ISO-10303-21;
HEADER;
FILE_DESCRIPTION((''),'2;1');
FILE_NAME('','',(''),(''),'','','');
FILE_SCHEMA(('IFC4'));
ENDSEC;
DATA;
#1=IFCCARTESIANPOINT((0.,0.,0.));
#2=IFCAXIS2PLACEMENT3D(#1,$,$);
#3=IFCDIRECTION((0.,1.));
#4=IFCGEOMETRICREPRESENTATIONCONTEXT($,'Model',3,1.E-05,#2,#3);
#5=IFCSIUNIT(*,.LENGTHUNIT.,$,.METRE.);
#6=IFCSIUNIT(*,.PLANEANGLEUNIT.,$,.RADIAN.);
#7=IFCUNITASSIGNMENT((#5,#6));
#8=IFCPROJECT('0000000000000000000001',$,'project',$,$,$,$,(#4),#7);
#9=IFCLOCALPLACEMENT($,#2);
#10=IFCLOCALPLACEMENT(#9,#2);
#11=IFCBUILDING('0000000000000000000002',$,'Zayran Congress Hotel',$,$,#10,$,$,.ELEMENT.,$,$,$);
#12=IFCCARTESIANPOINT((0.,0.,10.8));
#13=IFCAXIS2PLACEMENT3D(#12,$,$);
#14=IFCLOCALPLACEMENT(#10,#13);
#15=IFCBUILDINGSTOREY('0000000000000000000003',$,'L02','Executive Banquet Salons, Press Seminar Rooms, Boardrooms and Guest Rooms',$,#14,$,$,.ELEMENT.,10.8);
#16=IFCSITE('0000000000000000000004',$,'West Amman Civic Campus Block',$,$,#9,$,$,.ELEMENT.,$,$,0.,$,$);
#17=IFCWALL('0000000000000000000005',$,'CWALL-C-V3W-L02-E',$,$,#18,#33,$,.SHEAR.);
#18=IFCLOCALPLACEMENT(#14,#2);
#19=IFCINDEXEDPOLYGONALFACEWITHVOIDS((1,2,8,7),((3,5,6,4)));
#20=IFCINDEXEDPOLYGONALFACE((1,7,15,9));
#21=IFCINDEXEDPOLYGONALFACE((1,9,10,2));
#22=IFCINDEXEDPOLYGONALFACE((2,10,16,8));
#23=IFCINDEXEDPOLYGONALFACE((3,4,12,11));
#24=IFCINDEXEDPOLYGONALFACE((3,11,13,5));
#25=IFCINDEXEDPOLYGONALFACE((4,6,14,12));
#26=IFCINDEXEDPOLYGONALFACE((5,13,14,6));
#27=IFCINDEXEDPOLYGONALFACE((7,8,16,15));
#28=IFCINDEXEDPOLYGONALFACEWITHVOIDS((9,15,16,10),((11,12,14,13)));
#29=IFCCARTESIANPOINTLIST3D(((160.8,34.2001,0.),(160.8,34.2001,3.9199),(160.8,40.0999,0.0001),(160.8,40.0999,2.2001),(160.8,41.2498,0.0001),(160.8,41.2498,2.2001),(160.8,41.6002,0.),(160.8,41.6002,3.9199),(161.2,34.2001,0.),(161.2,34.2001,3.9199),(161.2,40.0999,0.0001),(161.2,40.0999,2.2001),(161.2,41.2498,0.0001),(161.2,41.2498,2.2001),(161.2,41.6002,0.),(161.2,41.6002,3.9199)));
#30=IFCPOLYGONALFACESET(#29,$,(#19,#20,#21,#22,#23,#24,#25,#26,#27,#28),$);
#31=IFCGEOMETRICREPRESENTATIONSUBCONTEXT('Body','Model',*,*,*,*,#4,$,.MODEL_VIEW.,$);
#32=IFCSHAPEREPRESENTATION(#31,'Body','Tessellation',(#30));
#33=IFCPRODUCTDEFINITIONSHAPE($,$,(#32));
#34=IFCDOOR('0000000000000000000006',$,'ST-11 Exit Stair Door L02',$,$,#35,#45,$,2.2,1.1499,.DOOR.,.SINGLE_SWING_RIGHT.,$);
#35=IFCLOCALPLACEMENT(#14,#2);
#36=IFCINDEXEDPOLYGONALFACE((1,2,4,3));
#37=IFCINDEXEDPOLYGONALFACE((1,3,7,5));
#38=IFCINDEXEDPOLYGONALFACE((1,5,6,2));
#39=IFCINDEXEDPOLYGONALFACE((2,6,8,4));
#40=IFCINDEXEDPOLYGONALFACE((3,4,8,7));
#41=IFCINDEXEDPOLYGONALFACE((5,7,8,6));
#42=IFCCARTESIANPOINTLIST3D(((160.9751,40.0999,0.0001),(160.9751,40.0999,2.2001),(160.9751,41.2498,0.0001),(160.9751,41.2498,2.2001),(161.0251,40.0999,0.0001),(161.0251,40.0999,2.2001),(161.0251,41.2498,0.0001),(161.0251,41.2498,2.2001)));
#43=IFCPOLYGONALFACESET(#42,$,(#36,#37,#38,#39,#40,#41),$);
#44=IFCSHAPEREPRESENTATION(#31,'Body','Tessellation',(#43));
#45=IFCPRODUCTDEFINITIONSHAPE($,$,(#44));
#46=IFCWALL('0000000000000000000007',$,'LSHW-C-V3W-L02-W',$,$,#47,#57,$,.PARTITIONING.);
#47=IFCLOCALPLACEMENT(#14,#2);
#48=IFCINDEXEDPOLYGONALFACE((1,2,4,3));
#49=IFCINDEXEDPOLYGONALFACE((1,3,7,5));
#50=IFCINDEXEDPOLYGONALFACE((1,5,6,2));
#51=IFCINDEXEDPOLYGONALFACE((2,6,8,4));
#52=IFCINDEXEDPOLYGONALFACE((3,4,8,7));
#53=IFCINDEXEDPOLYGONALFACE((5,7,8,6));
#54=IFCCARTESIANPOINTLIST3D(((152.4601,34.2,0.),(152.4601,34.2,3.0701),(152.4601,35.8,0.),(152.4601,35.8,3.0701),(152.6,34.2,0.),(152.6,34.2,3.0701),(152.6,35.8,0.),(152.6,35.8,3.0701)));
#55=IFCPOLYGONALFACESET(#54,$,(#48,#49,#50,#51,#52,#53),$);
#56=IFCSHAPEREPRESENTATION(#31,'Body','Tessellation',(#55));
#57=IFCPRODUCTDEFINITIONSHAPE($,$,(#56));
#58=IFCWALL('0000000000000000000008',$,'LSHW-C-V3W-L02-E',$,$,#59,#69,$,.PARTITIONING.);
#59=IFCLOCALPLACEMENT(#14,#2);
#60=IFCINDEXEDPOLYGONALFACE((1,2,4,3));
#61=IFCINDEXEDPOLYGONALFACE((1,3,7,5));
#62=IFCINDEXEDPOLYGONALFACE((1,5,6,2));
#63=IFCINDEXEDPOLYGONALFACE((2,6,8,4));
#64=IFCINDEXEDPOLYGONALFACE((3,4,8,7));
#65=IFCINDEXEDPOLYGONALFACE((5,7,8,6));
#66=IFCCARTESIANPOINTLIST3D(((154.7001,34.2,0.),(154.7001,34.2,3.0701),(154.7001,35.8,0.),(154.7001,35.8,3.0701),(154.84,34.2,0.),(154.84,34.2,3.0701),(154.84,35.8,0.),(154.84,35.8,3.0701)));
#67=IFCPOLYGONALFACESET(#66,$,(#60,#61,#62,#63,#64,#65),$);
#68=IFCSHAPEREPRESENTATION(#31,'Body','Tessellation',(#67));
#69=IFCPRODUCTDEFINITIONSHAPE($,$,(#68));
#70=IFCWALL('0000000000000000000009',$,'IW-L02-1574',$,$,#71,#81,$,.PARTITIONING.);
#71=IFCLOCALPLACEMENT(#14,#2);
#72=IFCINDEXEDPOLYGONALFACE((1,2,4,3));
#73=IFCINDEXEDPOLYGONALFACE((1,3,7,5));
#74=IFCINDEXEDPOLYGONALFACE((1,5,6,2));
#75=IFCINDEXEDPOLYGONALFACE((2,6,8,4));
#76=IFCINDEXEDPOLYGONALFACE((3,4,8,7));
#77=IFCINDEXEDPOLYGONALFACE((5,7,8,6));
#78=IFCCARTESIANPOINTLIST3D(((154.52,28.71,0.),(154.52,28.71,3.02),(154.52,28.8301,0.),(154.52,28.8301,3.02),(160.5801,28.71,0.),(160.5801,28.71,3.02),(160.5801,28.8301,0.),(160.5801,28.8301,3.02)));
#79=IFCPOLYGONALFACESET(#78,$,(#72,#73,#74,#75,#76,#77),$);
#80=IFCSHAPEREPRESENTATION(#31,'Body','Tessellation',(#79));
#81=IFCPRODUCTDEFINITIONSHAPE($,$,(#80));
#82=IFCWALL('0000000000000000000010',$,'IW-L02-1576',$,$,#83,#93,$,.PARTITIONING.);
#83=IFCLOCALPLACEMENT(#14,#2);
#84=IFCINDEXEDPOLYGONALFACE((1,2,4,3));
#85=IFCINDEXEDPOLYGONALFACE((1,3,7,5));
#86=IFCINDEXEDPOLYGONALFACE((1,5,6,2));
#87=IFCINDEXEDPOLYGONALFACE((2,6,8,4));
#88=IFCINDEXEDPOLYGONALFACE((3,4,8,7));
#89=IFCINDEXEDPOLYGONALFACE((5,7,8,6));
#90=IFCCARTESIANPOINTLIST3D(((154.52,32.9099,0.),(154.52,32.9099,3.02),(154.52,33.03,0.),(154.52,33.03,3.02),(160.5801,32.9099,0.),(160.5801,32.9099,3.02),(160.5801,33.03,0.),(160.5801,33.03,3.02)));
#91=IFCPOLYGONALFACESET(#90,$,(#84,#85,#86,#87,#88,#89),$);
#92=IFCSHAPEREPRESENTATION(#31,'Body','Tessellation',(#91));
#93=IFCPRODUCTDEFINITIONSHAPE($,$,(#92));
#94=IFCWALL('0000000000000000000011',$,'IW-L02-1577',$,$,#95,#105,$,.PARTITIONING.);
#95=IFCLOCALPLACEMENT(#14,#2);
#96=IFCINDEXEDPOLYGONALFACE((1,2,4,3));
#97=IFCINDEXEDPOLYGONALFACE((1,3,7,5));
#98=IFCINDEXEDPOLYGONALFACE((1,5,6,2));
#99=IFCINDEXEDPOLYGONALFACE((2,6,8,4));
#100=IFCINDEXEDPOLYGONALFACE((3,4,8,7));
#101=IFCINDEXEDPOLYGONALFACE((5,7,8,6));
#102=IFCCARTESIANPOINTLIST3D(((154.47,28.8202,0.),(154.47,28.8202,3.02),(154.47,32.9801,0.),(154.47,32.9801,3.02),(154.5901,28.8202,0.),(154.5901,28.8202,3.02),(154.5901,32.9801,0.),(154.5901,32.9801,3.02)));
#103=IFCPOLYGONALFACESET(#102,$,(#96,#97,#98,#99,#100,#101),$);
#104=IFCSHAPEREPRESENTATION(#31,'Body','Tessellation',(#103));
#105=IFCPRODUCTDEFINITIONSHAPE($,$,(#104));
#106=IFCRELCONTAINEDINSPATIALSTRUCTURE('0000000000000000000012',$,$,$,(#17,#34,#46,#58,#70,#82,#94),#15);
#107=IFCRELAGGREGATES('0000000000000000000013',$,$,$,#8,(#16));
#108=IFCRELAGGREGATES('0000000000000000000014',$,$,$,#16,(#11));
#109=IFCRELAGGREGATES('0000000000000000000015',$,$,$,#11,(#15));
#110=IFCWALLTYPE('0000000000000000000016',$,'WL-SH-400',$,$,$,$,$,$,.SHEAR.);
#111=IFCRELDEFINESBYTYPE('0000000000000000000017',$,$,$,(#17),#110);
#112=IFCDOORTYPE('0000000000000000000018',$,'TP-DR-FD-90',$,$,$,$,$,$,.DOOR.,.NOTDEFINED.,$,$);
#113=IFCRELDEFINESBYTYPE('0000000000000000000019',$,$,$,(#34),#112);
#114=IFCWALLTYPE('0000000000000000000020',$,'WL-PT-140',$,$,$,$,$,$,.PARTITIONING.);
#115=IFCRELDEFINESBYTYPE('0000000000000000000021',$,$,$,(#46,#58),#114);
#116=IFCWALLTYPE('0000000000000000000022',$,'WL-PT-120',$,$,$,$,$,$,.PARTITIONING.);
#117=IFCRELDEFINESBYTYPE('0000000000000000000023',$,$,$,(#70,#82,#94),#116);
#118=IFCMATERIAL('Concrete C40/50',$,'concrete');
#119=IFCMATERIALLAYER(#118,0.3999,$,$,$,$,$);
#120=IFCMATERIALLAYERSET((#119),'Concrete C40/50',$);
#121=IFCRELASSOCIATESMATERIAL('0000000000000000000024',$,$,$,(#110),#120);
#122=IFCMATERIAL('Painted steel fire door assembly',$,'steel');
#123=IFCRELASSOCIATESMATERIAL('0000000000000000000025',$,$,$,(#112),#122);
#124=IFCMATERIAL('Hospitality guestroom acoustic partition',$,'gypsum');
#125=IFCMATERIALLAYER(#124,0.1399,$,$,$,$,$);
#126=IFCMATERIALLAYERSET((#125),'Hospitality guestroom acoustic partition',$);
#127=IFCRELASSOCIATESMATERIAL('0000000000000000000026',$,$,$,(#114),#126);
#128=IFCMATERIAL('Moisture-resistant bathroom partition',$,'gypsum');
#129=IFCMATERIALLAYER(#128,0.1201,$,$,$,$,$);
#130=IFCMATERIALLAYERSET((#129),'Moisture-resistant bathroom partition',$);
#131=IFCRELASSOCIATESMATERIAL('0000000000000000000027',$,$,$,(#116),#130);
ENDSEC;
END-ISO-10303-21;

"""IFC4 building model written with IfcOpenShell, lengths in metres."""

from ifc_helpers import new_model, si_unit, direction, frame, frame_2d, origin, place, context, subcontext, project, spatial, rectangle, extrude, material, layer, layer_set, type_object, element, fill, save


model = new_model("IFC4")

# Units and contexts
model_context = context("Model", 3, precision=1e-05, world=origin(), true_north=direction((0.0, 1.0)))
body_context = subcontext(model_context, "Body", "Model", "MODEL_VIEW")
ifc_project = project(units=[si_unit("LENGTHUNIT", "METRE"), si_unit("PLANEANGLEUNIT", "RADIAN")], contexts=[model_context])

# Site, building, storey
site_placement = place(None, origin())
site = spatial("IfcSite", under=ifc_project, at=site_placement, Name="West Amman Civic Campus Block", CompositionType="ELEMENT", RefElevation=0.0)
building_placement = place(site_placement, origin())
building = spatial("IfcBuilding", under=site, at=building_placement, Name="Zayran Congress Hotel", CompositionType="ELEMENT")
storey_placement = place(building_placement, frame((0.0, 0.0, 10.8)))
storey = spatial("IfcBuildingStorey", under=building, at=storey_placement, Name="L02", Description="Executive Banquet Salons, Press Seminar Rooms, Boardrooms and Guest Rooms", CompositionType="ELEMENT", Elevation=10.8)

# Shared definitions
ifc_material_1 = material(Name="Concrete C40/50", Category="concrete")
ifc_layer_1 = layer(ifc_material_1, 0.3999)
ifc_layer_set_1 = layer_set([ifc_layer_1], Name="Concrete C40/50")
wall_type_1 = type_object("IfcWallType", Name="WL-SH-400", PredefinedType="SHEAR", material=ifc_layer_set_1)

# Wall, opening, door
wall_1_placement = place(storey_placement, frame((161.0, 34.2, 0.0), z_axis=(0.0, 0.0, 1.0), x_axis=(0.0, 1.0, 0.0)))
wall_1 = element("IfcWall", 1, at=wall_1_placement, inside=storey, type_object=wall_type_1, Name="CWALL-C-V3W-L02-E", PredefinedType="SHEAR", context=body_context, shape_type="SweptSolid", body=[
    extrude(rectangle(XDim=7.4001, YDim=0.3999, at=frame_2d((3.7002, 0.0))), origin(), (0.0, 0.0, 1.0), 3.9199),
])
opening_1_placement = place(wall_1_placement, frame((5.8999, 0.0, 0.0)))
opening_1 = element("IfcOpeningElement", 2, at=opening_1_placement, cuts=wall_1, PredefinedType="OPENING", context=body_context, shape_type="SweptSolid", body=[
    extrude(rectangle(XDim=1.1499, YDim=2.2, at=frame_2d((0.575, 1.1001))), frame((0.0, 0.21, 0.0), z_axis=(0.0, -1.0, 0.0), x_axis=(1.0, 0.0, 0.0)), (0.0, 0.0, 1.0), 0.4199),
])
ifc_material_2 = material(Name="Painted steel fire door assembly", Category="steel")
door_type_1 = type_object("IfcDoorType", Name="TP-DR-FD-90", OperationType="NOTDEFINED", PredefinedType="DOOR", material=ifc_material_2)
door_1_placement = place(opening_1_placement, origin())
door_1 = element("IfcDoor", 3, at=door_1_placement, inside=storey, type_object=door_type_1, Name="ST-11 Exit Stair Door L02", OperationType="SINGLE_SWING_RIGHT", OverallHeight=2.2, OverallWidth=1.1499, PredefinedType="DOOR", context=body_context, shape_type="SweptSolid", body=[
    extrude(rectangle(XDim=1.1499, YDim=2.2, at=frame_2d((0.575, 1.1001))), frame((0.0, 0.0249, 0.0), z_axis=(0.0, -1.0, 0.0), x_axis=(1.0, 0.0, 0.0)), (0.0, 0.0, 1.0), 0.05),
])
fill(opening_1, door_1)

# Walls
ifc_material_3 = material(Name="Hospitality guestroom acoustic partition", Category="gypsum")
ifc_layer_2 = layer(ifc_material_3, 0.1399)
ifc_layer_set_2 = layer_set([ifc_layer_2], Name="Hospitality guestroom acoustic partition")
wall_type_2 = type_object("IfcWallType", Name="WL-PT-140", PredefinedType="PARTITIONING", material=ifc_layer_set_2)
for number, where, z_axis, x_axis, name in (
    (4, (152.53, 34.2, 0.0), (0.0, 0.0, 1.0), (0.0, 1.0, 0.0), "LSHW-C-V3W-L02-W"),
    (5, (154.77, 34.2, 0.0), (0.0, 0.0, 1.0), (0.0, 1.0, 0.0), "LSHW-C-V3W-L02-E"),
):
    element("IfcWall", number, at=place(storey_placement, frame(where, z_axis=z_axis, x_axis=x_axis)), inside=storey, type_object=wall_type_2, Name=name, PredefinedType="PARTITIONING", context=body_context, shape_type="SweptSolid", body=[
        extrude(rectangle(XDim=1.6001, YDim=0.1399, at=frame_2d((0.8, 0.0))), origin(), (0.0, 0.0, 1.0), 3.0701),
    ])

# Shared definitions
ifc_material_4 = material(Name="Moisture-resistant bathroom partition", Category="gypsum")
ifc_layer_3 = layer(ifc_material_4, 0.1201)
ifc_layer_set_3 = layer_set([ifc_layer_3], Name="Moisture-resistant bathroom partition")
wall_type_3 = type_object("IfcWallType", Name="WL-PT-120", PredefinedType="PARTITIONING", material=ifc_layer_set_3)

# Walls
for number, where, z_axis, x_axis, name in (
    (6, (154.52, 28.77, 0.0), (0.0, 0.0, 1.0), (1.0, 0.0, 0.0), "IW-L02-1574"),
    (7, (154.52, 32.97, 0.0), (0.0, 0.0, 1.0), (1.0, 0.0, 0.0), "IW-L02-1576"),
):
    element("IfcWall", number, at=place(storey_placement, frame(where, z_axis=z_axis, x_axis=x_axis)), inside=storey, type_object=wall_type_3, Name=name, PredefinedType="PARTITIONING", context=body_context, shape_type="SweptSolid", body=[
        extrude(rectangle(XDim=6.0601, YDim=0.1201, at=frame_2d((3.03, 0.0))), origin(), (0.0, 0.0, 1.0), 3.02),
    ])
wall_2_placement = place(storey_placement, frame((154.53, 28.8201, 0.0), z_axis=(0.0, 0.0, 1.0), x_axis=(0.0, 1.0, 0.0)))
element("IfcWall", 8, at=wall_2_placement, inside=storey, type_object=wall_type_3, Name="IW-L02-1577", PredefinedType="PARTITIONING", context=body_context, shape_type="SweptSolid", body=[
    extrude(rectangle(XDim=4.1599, YDim=0.1201, at=frame_2d((2.0801, 0.0))), origin(), (0.0, 0.0, 1.0), 3.02),
])

save(model, "model.ifc")
